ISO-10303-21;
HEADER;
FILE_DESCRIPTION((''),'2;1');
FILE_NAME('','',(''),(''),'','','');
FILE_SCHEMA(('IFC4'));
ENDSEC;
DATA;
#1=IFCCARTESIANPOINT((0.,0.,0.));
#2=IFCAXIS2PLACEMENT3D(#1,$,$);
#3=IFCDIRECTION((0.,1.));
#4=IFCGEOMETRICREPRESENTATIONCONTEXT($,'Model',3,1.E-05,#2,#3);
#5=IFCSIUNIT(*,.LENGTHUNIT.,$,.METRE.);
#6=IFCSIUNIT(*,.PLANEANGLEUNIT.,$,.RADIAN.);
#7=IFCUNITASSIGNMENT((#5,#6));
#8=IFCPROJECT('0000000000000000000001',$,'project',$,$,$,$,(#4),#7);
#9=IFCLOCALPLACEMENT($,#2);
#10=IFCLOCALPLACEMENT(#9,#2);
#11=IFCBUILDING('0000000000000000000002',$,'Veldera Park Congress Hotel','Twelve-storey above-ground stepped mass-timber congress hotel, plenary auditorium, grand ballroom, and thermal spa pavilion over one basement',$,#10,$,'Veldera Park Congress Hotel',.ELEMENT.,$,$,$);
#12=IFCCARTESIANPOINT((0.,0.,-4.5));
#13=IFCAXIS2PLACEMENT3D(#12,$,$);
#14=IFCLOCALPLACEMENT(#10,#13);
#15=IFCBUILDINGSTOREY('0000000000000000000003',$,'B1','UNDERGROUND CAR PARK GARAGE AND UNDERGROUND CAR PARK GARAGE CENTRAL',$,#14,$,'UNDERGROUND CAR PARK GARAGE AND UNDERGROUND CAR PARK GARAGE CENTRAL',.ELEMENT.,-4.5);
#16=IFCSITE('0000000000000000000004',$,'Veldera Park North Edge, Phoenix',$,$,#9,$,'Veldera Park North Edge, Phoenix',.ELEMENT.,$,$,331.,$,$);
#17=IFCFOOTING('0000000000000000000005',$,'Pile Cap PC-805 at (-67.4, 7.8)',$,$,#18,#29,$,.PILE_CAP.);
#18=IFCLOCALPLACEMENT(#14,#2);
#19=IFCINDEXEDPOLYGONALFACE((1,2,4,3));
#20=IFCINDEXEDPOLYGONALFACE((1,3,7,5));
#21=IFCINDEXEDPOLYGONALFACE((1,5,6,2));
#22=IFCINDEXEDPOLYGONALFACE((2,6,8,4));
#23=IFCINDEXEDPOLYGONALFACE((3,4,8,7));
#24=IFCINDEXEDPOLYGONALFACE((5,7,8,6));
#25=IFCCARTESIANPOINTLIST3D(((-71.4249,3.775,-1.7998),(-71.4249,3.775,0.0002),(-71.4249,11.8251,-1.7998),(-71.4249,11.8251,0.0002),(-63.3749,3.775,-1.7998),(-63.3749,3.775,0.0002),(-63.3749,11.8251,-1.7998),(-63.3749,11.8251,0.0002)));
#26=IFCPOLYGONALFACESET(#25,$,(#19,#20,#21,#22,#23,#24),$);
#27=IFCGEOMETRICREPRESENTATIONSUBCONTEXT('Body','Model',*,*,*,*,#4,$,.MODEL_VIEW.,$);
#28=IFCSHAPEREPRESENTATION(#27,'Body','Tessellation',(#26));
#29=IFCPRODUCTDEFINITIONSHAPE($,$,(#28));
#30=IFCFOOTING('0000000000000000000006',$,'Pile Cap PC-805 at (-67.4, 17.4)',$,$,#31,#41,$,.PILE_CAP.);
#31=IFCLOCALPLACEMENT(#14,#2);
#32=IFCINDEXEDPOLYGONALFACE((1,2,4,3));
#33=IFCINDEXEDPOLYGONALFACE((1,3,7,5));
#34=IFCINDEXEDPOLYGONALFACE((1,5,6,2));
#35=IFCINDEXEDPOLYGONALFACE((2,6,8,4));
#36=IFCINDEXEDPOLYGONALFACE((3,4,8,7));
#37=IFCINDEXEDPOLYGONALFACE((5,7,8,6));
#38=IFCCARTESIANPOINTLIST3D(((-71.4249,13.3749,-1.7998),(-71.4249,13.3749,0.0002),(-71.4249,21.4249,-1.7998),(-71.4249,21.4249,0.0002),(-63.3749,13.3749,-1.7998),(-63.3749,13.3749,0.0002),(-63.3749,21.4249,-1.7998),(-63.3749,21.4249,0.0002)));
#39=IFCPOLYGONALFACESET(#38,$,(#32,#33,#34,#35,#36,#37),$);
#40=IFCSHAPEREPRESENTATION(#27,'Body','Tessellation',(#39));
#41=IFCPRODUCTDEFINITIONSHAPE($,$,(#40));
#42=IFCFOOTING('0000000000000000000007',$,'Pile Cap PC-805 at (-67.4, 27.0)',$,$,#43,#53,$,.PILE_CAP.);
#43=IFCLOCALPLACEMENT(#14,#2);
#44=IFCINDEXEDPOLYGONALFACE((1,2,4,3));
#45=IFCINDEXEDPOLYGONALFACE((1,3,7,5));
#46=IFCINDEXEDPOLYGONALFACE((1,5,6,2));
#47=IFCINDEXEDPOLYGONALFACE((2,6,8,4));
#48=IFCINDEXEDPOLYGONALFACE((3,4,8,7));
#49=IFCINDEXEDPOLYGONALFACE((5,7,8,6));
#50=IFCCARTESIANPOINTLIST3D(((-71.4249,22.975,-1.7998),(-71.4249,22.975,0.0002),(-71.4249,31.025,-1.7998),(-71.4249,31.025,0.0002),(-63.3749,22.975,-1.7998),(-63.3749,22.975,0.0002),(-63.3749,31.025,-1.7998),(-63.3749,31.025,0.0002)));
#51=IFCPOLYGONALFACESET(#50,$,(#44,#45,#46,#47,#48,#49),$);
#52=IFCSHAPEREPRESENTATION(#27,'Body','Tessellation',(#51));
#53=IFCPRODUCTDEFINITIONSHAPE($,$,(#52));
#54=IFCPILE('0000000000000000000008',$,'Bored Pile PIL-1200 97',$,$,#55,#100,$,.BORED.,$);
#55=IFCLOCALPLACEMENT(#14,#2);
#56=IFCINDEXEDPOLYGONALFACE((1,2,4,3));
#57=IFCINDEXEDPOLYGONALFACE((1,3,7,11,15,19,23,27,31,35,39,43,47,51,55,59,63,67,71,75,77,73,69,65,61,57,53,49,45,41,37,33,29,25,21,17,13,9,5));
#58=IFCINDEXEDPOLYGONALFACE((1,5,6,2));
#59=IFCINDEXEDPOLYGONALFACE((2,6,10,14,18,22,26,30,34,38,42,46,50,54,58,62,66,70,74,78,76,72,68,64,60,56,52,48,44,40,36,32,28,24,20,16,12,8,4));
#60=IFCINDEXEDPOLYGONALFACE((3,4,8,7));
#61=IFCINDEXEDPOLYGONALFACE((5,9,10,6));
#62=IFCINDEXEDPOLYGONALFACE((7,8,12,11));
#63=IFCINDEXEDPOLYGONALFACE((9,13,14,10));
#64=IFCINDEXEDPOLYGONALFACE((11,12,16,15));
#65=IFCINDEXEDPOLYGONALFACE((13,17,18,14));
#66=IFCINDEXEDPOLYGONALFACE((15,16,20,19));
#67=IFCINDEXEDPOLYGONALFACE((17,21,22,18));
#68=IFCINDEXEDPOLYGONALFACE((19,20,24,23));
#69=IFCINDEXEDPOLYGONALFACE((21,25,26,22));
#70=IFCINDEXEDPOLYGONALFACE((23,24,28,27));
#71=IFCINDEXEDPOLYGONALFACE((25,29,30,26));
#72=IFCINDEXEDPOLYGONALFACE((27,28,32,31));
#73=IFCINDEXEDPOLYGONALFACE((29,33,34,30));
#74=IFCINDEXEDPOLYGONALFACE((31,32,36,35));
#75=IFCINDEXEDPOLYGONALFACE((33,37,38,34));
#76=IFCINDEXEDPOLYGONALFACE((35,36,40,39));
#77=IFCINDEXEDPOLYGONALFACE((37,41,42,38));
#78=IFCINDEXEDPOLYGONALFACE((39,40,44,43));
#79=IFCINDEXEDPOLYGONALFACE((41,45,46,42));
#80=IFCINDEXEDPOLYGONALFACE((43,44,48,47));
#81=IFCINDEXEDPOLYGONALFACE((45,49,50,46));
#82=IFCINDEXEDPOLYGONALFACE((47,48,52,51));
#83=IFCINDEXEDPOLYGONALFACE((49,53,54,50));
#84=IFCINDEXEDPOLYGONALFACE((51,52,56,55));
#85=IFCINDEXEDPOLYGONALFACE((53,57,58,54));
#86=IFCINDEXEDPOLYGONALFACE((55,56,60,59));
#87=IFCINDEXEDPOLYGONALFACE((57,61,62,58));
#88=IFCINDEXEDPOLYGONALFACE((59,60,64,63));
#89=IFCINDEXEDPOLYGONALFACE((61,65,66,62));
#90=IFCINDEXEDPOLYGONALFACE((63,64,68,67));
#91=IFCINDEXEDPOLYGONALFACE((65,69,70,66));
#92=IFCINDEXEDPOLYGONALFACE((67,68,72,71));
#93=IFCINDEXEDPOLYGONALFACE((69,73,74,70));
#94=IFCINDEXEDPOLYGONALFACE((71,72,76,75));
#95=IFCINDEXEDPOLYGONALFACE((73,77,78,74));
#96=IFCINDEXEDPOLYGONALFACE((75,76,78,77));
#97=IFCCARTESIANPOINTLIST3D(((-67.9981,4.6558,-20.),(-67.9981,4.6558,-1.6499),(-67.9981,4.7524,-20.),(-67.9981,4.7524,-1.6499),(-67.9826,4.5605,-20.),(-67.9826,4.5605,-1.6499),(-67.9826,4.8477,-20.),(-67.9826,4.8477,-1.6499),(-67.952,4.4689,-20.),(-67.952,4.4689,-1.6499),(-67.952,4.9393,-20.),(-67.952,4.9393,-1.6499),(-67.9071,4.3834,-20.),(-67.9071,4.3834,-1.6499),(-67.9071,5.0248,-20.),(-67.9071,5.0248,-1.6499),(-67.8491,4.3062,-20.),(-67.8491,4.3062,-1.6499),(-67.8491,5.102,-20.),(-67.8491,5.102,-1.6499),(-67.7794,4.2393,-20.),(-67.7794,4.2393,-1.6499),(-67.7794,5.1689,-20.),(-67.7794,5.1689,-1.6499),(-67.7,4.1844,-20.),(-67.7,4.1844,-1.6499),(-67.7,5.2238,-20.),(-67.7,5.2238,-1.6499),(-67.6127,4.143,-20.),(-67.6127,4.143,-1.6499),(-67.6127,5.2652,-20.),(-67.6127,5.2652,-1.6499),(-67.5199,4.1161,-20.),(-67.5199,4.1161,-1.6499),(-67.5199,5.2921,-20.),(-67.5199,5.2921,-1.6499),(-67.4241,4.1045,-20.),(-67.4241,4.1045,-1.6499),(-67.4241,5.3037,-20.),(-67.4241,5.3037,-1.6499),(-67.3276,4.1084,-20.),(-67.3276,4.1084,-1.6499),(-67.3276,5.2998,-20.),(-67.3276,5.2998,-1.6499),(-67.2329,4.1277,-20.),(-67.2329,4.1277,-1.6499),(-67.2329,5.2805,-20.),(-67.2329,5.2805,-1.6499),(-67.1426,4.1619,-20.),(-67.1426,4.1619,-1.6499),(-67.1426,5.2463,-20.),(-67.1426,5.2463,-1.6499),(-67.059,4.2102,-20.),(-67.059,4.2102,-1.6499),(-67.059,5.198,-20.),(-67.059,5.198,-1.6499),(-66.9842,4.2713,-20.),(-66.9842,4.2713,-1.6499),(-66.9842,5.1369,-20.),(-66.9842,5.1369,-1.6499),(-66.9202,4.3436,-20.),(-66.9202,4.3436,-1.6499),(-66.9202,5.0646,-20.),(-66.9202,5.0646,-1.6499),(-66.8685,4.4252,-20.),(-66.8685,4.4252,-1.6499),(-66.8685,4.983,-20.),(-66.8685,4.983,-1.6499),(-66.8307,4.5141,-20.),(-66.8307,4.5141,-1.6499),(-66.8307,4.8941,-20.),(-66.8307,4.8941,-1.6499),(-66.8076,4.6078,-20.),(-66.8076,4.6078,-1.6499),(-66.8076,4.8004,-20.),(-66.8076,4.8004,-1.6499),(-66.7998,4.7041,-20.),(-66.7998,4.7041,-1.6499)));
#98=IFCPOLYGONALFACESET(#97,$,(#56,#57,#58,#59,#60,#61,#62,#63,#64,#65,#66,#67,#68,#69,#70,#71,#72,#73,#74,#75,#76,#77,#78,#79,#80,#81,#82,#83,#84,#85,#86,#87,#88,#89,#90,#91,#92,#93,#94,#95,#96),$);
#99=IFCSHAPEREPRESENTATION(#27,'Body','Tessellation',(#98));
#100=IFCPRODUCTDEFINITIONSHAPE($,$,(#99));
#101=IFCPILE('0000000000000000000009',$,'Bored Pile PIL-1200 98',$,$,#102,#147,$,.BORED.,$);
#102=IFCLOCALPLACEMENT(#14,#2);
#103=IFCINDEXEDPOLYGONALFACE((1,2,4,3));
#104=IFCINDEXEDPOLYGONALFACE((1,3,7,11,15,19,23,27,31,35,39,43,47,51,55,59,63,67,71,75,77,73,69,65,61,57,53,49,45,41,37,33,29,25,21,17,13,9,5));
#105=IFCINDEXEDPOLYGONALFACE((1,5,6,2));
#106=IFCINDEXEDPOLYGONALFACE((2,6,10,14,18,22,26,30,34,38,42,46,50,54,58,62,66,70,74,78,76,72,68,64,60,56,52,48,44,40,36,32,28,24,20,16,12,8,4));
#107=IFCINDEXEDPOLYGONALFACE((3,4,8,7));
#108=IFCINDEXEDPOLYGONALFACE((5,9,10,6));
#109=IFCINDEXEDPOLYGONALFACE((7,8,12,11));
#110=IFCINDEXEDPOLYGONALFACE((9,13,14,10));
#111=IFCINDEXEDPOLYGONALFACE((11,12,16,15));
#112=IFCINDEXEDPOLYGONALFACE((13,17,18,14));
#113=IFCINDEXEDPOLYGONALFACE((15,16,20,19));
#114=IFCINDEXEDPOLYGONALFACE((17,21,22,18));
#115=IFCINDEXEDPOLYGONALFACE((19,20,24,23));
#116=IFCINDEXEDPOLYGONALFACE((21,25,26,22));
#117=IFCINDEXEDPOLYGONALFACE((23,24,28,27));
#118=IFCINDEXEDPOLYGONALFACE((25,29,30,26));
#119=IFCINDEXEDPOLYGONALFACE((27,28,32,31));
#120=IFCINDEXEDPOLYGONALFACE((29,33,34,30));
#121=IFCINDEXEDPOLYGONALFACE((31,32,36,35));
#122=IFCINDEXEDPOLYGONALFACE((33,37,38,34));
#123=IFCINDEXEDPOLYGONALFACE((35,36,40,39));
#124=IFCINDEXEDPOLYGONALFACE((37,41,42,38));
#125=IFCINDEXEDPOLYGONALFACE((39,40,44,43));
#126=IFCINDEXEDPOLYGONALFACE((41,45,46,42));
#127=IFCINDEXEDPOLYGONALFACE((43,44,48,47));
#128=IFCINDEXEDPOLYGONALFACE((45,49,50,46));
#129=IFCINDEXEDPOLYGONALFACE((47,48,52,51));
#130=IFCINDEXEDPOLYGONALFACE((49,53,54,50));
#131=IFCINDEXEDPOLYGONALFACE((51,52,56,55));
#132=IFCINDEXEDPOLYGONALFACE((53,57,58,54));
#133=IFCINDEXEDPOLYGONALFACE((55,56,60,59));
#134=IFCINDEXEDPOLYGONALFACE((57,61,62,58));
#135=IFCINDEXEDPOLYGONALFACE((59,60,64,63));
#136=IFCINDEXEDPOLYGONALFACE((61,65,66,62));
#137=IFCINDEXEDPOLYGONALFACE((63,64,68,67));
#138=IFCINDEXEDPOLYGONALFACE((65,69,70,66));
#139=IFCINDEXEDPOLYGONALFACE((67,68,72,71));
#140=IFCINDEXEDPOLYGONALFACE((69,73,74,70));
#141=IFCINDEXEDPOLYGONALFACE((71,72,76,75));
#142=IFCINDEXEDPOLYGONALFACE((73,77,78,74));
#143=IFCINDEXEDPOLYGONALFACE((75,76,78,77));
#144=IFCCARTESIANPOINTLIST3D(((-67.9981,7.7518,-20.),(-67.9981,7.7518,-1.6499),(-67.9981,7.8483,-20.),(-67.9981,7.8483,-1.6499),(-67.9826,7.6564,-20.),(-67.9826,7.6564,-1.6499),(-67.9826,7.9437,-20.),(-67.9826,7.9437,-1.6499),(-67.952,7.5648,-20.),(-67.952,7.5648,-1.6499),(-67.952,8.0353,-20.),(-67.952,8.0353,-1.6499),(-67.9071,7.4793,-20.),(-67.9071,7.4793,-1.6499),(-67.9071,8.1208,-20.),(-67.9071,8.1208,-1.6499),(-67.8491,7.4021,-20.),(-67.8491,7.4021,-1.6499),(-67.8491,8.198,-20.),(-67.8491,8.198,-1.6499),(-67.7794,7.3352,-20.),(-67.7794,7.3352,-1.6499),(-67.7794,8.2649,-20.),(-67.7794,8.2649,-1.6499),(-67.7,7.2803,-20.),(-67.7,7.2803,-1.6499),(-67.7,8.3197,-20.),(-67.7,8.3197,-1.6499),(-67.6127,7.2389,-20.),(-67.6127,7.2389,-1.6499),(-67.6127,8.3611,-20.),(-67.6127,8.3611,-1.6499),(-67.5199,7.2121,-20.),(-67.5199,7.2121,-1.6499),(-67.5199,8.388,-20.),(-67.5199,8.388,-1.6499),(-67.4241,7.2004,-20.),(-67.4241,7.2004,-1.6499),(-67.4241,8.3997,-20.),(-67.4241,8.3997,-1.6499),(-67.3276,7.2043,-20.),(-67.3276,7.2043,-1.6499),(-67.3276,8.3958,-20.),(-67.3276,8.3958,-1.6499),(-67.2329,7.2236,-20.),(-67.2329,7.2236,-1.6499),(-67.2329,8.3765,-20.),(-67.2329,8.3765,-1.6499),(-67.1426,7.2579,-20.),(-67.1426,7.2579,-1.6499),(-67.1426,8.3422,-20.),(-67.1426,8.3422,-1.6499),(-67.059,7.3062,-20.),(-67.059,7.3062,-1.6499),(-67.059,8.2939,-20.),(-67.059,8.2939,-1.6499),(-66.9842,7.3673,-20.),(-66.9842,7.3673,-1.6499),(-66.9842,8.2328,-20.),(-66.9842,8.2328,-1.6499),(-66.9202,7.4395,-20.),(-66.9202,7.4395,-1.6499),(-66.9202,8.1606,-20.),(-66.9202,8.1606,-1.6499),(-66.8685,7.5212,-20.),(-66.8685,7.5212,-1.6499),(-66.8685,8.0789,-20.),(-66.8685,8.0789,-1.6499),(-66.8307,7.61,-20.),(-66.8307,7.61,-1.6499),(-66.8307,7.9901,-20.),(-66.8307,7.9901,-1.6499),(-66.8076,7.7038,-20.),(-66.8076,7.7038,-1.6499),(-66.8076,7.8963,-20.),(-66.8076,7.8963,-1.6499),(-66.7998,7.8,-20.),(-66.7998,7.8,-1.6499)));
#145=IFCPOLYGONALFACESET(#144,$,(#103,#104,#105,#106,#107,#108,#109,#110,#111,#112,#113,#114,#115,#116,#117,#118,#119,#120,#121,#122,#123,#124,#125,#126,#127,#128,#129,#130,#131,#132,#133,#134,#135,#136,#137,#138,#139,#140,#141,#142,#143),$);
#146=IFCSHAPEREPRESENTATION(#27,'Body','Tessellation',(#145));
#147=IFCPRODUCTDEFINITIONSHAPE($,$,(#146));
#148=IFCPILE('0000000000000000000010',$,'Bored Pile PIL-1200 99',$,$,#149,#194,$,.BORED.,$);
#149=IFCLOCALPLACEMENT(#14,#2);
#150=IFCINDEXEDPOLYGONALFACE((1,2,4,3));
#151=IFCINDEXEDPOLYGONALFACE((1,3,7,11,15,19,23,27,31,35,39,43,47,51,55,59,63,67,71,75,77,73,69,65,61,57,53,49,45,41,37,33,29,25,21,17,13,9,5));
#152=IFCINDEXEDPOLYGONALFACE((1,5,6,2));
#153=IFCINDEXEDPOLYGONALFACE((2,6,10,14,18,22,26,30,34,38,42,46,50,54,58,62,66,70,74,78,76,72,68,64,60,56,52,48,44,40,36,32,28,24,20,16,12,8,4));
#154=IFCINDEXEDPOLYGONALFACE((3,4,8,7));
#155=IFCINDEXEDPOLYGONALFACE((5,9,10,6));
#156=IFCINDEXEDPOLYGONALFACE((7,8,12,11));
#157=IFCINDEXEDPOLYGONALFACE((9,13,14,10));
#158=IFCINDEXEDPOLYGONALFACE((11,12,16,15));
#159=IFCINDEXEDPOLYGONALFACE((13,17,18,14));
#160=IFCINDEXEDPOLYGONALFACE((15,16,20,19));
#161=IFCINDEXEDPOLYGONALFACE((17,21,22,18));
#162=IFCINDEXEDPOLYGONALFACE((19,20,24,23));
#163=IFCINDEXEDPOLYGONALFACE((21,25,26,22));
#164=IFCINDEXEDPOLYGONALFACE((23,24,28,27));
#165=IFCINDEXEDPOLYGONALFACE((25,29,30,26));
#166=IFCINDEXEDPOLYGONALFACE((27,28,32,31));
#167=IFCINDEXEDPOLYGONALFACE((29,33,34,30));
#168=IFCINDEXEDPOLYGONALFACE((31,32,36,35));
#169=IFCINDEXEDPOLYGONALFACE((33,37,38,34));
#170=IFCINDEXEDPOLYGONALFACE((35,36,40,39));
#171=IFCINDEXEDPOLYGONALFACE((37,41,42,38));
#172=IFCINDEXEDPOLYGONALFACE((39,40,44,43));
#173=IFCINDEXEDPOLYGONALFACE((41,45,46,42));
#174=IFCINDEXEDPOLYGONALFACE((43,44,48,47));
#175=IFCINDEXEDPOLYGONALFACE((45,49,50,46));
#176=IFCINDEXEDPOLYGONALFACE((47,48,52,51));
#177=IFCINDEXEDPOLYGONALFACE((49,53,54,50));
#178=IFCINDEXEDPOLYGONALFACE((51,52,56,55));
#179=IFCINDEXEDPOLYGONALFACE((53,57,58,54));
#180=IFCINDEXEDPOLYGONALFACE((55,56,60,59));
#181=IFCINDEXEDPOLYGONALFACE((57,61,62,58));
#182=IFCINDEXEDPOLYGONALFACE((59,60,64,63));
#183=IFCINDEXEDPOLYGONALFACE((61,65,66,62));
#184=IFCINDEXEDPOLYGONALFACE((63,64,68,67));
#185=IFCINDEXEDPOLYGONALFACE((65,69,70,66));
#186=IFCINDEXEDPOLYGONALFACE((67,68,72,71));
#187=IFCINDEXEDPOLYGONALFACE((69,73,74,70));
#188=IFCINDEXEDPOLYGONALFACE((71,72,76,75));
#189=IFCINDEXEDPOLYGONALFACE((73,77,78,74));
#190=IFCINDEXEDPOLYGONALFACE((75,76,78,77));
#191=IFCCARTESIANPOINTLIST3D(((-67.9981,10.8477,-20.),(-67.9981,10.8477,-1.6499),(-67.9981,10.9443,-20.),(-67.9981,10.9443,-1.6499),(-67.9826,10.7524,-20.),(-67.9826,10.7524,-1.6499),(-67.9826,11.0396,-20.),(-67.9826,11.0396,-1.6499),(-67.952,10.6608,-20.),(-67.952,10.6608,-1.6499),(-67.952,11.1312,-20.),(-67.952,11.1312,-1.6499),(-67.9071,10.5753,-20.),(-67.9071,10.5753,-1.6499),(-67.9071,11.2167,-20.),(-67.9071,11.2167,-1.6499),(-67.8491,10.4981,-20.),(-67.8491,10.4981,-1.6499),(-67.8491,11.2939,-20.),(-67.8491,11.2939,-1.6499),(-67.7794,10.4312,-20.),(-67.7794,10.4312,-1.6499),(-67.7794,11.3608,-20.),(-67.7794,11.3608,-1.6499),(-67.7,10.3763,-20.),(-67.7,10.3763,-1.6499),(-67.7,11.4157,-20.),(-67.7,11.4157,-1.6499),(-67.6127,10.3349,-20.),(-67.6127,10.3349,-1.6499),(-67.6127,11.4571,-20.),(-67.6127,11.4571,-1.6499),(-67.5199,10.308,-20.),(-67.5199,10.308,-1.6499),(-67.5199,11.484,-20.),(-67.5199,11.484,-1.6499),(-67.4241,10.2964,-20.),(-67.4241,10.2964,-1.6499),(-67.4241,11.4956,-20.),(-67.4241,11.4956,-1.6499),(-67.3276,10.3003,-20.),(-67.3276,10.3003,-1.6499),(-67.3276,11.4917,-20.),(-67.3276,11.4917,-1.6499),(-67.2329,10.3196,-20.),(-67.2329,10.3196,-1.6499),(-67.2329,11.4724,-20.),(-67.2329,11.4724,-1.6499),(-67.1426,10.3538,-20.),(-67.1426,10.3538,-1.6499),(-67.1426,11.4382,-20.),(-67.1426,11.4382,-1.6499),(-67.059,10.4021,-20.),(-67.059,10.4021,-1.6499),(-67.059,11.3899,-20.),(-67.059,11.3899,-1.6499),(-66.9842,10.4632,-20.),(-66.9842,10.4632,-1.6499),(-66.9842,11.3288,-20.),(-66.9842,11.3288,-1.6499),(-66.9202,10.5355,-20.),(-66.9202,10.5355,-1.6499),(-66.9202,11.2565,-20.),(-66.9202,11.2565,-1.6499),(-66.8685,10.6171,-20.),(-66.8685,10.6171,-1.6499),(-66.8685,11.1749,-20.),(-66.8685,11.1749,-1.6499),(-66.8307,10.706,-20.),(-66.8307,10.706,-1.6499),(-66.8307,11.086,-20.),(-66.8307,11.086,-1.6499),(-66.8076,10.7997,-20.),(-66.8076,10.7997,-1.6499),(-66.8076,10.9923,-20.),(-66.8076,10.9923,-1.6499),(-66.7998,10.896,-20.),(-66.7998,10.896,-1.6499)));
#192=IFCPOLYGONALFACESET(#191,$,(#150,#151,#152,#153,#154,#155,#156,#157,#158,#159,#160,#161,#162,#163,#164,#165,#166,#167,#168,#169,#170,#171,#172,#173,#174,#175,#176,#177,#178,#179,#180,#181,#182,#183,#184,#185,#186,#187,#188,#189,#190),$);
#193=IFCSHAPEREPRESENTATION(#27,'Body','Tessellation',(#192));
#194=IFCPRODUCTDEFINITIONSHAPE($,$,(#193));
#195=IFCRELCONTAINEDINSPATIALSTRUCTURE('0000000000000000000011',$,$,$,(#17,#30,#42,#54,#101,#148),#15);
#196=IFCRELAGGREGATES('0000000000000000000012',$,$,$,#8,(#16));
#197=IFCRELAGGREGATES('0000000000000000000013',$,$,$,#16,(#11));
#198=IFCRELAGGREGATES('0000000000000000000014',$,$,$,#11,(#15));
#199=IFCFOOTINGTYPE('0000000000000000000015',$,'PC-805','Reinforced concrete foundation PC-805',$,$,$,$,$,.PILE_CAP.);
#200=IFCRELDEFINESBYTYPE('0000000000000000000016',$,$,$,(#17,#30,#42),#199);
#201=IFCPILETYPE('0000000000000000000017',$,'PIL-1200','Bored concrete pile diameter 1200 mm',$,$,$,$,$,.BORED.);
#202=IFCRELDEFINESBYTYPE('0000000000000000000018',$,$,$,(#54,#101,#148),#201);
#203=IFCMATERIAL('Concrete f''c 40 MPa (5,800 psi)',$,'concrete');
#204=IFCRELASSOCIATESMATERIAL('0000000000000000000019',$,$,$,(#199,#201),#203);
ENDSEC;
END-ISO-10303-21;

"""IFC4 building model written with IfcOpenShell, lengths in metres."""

from ifc_helpers import new_model, si_unit, direction, frame, origin, origin_2d, place, context, subcontext, project, spatial, rectangle, circle, extrude, material, material_profile, profile_set, type_object, element, save


model = new_model("IFC4")

# Units and contexts
model_context = context("Model", 3, precision=1e-05, world=origin(), true_north=direction((0.0, 1.0)))
body_context = subcontext(model_context, "Body", "Model", "MODEL_VIEW")
ifc_project = project(units=[si_unit("LENGTHUNIT", "METRE"), si_unit("PLANEANGLEUNIT", "RADIAN")], contexts=[model_context])

# Site, building, storey
site_placement = place(None, origin())
site = spatial("IfcSite", under=ifc_project, at=site_placement, Name="Veldera Park North Edge, Phoenix", LongName="Veldera Park North Edge, Phoenix", CompositionType="ELEMENT", RefElevation=331.0)
building_placement = place(site_placement, origin())
building = spatial("IfcBuilding", under=site, at=building_placement, Name="Veldera Park Congress Hotel", Description="Twelve-storey above-ground stepped mass-timber congress hotel, plenary auditorium, grand ballroom, and thermal spa pavilion over one basement", LongName="Veldera Park Congress Hotel", CompositionType="ELEMENT")
storey_placement = place(building_placement, frame((0.0, 0.0, -4.5)))
storey = spatial("IfcBuildingStorey", under=building, at=storey_placement, Name="B1", Description="UNDERGROUND CAR PARK GARAGE AND UNDERGROUND CAR PARK GARAGE CENTRAL", LongName="UNDERGROUND CAR PARK GARAGE AND UNDERGROUND CAR PARK GARAGE CENTRAL", CompositionType="ELEMENT", Elevation=-4.5)

# Footings
ifc_material_1 = material(Name="Concrete f'c 40 MPa (5,800 psi)", Category="concrete")
footing_type = type_object("IfcFootingType", Name="PC-805", Description="Reinforced concrete foundation PC-805", PredefinedType="PILE_CAP", material=ifc_material_1)
for number, where, z_axis, x_axis, name in (
    (1, (-67.3999, 7.8, -1.7998), (0.0, 0.0, 1.0), (1.0, 0.0, 0.0), "Pile Cap PC-805 at (-67.4, 7.8)"),
    (2, (-67.3999, 17.3999, -1.7998), (0.0, 0.0, 1.0), (1.0, 0.0, 0.0), "Pile Cap PC-805 at (-67.4, 17.4)"),
    (3, (-67.3999, 27.0, -1.7998), (0.0, 0.0, 1.0), (1.0, 0.0, 0.0), "Pile Cap PC-805 at (-67.4, 27.0)"),
):
    element("IfcFooting", number, at=place(storey_placement, frame(where, z_axis=z_axis, x_axis=x_axis)), inside=storey, type_object=footing_type, Name=name, PredefinedType="PILE_CAP", context=body_context, shape_type="SweptSolid", body=[
        extrude(rectangle(XDim=8.05, YDim=8.05, at=origin_2d()), origin(), (0.0, 0.0, 1.0), 1.8),
    ])

# Piles
ifc_material_profile_1 = material_profile(ifc_material_1, circle(Radius=0.6001, at=origin_2d()), Name="PILE D1200")
ifc_profile_set_1 = profile_set([ifc_material_profile_1], Name="Concrete f'c 40 MPa (5,800 psi)")
pile_type = type_object("IfcPileType", Name="PIL-1200", Description="Bored concrete pile diameter 1200 mm", PredefinedType="BORED", material=ifc_profile_set_1)
for number, where, z_axis, x_axis, name in (
    (4, (-67.3999, 4.7041, -1.6499), (0.0, 0.0, -1.0), (1.0, 0.0, 0.0), "Bored Pile PIL-1200 97"),
    (5, (-67.3999, 7.8, -1.6499), (0.0, 0.0, -1.0), (1.0, 0.0, 0.0), "Bored Pile PIL-1200 98"),
    (6, (-67.3999, 10.896, -1.6499), (0.0, 0.0, -1.0), (1.0, 0.0, 0.0), "Bored Pile PIL-1200 99"),
):
    element("IfcPile", number, at=place(storey_placement, frame(where, z_axis=z_axis, x_axis=x_axis)), inside=storey, type_object=pile_type, Name=name, PredefinedType="BORED", context=body_context, shape_type="SweptSolid", body=[
        extrude(circle(Radius=0.6001, at=origin_2d()), origin(), (0.0, 0.0, 1.0), 18.3501),
    ])

save(model, "model.ifc")
